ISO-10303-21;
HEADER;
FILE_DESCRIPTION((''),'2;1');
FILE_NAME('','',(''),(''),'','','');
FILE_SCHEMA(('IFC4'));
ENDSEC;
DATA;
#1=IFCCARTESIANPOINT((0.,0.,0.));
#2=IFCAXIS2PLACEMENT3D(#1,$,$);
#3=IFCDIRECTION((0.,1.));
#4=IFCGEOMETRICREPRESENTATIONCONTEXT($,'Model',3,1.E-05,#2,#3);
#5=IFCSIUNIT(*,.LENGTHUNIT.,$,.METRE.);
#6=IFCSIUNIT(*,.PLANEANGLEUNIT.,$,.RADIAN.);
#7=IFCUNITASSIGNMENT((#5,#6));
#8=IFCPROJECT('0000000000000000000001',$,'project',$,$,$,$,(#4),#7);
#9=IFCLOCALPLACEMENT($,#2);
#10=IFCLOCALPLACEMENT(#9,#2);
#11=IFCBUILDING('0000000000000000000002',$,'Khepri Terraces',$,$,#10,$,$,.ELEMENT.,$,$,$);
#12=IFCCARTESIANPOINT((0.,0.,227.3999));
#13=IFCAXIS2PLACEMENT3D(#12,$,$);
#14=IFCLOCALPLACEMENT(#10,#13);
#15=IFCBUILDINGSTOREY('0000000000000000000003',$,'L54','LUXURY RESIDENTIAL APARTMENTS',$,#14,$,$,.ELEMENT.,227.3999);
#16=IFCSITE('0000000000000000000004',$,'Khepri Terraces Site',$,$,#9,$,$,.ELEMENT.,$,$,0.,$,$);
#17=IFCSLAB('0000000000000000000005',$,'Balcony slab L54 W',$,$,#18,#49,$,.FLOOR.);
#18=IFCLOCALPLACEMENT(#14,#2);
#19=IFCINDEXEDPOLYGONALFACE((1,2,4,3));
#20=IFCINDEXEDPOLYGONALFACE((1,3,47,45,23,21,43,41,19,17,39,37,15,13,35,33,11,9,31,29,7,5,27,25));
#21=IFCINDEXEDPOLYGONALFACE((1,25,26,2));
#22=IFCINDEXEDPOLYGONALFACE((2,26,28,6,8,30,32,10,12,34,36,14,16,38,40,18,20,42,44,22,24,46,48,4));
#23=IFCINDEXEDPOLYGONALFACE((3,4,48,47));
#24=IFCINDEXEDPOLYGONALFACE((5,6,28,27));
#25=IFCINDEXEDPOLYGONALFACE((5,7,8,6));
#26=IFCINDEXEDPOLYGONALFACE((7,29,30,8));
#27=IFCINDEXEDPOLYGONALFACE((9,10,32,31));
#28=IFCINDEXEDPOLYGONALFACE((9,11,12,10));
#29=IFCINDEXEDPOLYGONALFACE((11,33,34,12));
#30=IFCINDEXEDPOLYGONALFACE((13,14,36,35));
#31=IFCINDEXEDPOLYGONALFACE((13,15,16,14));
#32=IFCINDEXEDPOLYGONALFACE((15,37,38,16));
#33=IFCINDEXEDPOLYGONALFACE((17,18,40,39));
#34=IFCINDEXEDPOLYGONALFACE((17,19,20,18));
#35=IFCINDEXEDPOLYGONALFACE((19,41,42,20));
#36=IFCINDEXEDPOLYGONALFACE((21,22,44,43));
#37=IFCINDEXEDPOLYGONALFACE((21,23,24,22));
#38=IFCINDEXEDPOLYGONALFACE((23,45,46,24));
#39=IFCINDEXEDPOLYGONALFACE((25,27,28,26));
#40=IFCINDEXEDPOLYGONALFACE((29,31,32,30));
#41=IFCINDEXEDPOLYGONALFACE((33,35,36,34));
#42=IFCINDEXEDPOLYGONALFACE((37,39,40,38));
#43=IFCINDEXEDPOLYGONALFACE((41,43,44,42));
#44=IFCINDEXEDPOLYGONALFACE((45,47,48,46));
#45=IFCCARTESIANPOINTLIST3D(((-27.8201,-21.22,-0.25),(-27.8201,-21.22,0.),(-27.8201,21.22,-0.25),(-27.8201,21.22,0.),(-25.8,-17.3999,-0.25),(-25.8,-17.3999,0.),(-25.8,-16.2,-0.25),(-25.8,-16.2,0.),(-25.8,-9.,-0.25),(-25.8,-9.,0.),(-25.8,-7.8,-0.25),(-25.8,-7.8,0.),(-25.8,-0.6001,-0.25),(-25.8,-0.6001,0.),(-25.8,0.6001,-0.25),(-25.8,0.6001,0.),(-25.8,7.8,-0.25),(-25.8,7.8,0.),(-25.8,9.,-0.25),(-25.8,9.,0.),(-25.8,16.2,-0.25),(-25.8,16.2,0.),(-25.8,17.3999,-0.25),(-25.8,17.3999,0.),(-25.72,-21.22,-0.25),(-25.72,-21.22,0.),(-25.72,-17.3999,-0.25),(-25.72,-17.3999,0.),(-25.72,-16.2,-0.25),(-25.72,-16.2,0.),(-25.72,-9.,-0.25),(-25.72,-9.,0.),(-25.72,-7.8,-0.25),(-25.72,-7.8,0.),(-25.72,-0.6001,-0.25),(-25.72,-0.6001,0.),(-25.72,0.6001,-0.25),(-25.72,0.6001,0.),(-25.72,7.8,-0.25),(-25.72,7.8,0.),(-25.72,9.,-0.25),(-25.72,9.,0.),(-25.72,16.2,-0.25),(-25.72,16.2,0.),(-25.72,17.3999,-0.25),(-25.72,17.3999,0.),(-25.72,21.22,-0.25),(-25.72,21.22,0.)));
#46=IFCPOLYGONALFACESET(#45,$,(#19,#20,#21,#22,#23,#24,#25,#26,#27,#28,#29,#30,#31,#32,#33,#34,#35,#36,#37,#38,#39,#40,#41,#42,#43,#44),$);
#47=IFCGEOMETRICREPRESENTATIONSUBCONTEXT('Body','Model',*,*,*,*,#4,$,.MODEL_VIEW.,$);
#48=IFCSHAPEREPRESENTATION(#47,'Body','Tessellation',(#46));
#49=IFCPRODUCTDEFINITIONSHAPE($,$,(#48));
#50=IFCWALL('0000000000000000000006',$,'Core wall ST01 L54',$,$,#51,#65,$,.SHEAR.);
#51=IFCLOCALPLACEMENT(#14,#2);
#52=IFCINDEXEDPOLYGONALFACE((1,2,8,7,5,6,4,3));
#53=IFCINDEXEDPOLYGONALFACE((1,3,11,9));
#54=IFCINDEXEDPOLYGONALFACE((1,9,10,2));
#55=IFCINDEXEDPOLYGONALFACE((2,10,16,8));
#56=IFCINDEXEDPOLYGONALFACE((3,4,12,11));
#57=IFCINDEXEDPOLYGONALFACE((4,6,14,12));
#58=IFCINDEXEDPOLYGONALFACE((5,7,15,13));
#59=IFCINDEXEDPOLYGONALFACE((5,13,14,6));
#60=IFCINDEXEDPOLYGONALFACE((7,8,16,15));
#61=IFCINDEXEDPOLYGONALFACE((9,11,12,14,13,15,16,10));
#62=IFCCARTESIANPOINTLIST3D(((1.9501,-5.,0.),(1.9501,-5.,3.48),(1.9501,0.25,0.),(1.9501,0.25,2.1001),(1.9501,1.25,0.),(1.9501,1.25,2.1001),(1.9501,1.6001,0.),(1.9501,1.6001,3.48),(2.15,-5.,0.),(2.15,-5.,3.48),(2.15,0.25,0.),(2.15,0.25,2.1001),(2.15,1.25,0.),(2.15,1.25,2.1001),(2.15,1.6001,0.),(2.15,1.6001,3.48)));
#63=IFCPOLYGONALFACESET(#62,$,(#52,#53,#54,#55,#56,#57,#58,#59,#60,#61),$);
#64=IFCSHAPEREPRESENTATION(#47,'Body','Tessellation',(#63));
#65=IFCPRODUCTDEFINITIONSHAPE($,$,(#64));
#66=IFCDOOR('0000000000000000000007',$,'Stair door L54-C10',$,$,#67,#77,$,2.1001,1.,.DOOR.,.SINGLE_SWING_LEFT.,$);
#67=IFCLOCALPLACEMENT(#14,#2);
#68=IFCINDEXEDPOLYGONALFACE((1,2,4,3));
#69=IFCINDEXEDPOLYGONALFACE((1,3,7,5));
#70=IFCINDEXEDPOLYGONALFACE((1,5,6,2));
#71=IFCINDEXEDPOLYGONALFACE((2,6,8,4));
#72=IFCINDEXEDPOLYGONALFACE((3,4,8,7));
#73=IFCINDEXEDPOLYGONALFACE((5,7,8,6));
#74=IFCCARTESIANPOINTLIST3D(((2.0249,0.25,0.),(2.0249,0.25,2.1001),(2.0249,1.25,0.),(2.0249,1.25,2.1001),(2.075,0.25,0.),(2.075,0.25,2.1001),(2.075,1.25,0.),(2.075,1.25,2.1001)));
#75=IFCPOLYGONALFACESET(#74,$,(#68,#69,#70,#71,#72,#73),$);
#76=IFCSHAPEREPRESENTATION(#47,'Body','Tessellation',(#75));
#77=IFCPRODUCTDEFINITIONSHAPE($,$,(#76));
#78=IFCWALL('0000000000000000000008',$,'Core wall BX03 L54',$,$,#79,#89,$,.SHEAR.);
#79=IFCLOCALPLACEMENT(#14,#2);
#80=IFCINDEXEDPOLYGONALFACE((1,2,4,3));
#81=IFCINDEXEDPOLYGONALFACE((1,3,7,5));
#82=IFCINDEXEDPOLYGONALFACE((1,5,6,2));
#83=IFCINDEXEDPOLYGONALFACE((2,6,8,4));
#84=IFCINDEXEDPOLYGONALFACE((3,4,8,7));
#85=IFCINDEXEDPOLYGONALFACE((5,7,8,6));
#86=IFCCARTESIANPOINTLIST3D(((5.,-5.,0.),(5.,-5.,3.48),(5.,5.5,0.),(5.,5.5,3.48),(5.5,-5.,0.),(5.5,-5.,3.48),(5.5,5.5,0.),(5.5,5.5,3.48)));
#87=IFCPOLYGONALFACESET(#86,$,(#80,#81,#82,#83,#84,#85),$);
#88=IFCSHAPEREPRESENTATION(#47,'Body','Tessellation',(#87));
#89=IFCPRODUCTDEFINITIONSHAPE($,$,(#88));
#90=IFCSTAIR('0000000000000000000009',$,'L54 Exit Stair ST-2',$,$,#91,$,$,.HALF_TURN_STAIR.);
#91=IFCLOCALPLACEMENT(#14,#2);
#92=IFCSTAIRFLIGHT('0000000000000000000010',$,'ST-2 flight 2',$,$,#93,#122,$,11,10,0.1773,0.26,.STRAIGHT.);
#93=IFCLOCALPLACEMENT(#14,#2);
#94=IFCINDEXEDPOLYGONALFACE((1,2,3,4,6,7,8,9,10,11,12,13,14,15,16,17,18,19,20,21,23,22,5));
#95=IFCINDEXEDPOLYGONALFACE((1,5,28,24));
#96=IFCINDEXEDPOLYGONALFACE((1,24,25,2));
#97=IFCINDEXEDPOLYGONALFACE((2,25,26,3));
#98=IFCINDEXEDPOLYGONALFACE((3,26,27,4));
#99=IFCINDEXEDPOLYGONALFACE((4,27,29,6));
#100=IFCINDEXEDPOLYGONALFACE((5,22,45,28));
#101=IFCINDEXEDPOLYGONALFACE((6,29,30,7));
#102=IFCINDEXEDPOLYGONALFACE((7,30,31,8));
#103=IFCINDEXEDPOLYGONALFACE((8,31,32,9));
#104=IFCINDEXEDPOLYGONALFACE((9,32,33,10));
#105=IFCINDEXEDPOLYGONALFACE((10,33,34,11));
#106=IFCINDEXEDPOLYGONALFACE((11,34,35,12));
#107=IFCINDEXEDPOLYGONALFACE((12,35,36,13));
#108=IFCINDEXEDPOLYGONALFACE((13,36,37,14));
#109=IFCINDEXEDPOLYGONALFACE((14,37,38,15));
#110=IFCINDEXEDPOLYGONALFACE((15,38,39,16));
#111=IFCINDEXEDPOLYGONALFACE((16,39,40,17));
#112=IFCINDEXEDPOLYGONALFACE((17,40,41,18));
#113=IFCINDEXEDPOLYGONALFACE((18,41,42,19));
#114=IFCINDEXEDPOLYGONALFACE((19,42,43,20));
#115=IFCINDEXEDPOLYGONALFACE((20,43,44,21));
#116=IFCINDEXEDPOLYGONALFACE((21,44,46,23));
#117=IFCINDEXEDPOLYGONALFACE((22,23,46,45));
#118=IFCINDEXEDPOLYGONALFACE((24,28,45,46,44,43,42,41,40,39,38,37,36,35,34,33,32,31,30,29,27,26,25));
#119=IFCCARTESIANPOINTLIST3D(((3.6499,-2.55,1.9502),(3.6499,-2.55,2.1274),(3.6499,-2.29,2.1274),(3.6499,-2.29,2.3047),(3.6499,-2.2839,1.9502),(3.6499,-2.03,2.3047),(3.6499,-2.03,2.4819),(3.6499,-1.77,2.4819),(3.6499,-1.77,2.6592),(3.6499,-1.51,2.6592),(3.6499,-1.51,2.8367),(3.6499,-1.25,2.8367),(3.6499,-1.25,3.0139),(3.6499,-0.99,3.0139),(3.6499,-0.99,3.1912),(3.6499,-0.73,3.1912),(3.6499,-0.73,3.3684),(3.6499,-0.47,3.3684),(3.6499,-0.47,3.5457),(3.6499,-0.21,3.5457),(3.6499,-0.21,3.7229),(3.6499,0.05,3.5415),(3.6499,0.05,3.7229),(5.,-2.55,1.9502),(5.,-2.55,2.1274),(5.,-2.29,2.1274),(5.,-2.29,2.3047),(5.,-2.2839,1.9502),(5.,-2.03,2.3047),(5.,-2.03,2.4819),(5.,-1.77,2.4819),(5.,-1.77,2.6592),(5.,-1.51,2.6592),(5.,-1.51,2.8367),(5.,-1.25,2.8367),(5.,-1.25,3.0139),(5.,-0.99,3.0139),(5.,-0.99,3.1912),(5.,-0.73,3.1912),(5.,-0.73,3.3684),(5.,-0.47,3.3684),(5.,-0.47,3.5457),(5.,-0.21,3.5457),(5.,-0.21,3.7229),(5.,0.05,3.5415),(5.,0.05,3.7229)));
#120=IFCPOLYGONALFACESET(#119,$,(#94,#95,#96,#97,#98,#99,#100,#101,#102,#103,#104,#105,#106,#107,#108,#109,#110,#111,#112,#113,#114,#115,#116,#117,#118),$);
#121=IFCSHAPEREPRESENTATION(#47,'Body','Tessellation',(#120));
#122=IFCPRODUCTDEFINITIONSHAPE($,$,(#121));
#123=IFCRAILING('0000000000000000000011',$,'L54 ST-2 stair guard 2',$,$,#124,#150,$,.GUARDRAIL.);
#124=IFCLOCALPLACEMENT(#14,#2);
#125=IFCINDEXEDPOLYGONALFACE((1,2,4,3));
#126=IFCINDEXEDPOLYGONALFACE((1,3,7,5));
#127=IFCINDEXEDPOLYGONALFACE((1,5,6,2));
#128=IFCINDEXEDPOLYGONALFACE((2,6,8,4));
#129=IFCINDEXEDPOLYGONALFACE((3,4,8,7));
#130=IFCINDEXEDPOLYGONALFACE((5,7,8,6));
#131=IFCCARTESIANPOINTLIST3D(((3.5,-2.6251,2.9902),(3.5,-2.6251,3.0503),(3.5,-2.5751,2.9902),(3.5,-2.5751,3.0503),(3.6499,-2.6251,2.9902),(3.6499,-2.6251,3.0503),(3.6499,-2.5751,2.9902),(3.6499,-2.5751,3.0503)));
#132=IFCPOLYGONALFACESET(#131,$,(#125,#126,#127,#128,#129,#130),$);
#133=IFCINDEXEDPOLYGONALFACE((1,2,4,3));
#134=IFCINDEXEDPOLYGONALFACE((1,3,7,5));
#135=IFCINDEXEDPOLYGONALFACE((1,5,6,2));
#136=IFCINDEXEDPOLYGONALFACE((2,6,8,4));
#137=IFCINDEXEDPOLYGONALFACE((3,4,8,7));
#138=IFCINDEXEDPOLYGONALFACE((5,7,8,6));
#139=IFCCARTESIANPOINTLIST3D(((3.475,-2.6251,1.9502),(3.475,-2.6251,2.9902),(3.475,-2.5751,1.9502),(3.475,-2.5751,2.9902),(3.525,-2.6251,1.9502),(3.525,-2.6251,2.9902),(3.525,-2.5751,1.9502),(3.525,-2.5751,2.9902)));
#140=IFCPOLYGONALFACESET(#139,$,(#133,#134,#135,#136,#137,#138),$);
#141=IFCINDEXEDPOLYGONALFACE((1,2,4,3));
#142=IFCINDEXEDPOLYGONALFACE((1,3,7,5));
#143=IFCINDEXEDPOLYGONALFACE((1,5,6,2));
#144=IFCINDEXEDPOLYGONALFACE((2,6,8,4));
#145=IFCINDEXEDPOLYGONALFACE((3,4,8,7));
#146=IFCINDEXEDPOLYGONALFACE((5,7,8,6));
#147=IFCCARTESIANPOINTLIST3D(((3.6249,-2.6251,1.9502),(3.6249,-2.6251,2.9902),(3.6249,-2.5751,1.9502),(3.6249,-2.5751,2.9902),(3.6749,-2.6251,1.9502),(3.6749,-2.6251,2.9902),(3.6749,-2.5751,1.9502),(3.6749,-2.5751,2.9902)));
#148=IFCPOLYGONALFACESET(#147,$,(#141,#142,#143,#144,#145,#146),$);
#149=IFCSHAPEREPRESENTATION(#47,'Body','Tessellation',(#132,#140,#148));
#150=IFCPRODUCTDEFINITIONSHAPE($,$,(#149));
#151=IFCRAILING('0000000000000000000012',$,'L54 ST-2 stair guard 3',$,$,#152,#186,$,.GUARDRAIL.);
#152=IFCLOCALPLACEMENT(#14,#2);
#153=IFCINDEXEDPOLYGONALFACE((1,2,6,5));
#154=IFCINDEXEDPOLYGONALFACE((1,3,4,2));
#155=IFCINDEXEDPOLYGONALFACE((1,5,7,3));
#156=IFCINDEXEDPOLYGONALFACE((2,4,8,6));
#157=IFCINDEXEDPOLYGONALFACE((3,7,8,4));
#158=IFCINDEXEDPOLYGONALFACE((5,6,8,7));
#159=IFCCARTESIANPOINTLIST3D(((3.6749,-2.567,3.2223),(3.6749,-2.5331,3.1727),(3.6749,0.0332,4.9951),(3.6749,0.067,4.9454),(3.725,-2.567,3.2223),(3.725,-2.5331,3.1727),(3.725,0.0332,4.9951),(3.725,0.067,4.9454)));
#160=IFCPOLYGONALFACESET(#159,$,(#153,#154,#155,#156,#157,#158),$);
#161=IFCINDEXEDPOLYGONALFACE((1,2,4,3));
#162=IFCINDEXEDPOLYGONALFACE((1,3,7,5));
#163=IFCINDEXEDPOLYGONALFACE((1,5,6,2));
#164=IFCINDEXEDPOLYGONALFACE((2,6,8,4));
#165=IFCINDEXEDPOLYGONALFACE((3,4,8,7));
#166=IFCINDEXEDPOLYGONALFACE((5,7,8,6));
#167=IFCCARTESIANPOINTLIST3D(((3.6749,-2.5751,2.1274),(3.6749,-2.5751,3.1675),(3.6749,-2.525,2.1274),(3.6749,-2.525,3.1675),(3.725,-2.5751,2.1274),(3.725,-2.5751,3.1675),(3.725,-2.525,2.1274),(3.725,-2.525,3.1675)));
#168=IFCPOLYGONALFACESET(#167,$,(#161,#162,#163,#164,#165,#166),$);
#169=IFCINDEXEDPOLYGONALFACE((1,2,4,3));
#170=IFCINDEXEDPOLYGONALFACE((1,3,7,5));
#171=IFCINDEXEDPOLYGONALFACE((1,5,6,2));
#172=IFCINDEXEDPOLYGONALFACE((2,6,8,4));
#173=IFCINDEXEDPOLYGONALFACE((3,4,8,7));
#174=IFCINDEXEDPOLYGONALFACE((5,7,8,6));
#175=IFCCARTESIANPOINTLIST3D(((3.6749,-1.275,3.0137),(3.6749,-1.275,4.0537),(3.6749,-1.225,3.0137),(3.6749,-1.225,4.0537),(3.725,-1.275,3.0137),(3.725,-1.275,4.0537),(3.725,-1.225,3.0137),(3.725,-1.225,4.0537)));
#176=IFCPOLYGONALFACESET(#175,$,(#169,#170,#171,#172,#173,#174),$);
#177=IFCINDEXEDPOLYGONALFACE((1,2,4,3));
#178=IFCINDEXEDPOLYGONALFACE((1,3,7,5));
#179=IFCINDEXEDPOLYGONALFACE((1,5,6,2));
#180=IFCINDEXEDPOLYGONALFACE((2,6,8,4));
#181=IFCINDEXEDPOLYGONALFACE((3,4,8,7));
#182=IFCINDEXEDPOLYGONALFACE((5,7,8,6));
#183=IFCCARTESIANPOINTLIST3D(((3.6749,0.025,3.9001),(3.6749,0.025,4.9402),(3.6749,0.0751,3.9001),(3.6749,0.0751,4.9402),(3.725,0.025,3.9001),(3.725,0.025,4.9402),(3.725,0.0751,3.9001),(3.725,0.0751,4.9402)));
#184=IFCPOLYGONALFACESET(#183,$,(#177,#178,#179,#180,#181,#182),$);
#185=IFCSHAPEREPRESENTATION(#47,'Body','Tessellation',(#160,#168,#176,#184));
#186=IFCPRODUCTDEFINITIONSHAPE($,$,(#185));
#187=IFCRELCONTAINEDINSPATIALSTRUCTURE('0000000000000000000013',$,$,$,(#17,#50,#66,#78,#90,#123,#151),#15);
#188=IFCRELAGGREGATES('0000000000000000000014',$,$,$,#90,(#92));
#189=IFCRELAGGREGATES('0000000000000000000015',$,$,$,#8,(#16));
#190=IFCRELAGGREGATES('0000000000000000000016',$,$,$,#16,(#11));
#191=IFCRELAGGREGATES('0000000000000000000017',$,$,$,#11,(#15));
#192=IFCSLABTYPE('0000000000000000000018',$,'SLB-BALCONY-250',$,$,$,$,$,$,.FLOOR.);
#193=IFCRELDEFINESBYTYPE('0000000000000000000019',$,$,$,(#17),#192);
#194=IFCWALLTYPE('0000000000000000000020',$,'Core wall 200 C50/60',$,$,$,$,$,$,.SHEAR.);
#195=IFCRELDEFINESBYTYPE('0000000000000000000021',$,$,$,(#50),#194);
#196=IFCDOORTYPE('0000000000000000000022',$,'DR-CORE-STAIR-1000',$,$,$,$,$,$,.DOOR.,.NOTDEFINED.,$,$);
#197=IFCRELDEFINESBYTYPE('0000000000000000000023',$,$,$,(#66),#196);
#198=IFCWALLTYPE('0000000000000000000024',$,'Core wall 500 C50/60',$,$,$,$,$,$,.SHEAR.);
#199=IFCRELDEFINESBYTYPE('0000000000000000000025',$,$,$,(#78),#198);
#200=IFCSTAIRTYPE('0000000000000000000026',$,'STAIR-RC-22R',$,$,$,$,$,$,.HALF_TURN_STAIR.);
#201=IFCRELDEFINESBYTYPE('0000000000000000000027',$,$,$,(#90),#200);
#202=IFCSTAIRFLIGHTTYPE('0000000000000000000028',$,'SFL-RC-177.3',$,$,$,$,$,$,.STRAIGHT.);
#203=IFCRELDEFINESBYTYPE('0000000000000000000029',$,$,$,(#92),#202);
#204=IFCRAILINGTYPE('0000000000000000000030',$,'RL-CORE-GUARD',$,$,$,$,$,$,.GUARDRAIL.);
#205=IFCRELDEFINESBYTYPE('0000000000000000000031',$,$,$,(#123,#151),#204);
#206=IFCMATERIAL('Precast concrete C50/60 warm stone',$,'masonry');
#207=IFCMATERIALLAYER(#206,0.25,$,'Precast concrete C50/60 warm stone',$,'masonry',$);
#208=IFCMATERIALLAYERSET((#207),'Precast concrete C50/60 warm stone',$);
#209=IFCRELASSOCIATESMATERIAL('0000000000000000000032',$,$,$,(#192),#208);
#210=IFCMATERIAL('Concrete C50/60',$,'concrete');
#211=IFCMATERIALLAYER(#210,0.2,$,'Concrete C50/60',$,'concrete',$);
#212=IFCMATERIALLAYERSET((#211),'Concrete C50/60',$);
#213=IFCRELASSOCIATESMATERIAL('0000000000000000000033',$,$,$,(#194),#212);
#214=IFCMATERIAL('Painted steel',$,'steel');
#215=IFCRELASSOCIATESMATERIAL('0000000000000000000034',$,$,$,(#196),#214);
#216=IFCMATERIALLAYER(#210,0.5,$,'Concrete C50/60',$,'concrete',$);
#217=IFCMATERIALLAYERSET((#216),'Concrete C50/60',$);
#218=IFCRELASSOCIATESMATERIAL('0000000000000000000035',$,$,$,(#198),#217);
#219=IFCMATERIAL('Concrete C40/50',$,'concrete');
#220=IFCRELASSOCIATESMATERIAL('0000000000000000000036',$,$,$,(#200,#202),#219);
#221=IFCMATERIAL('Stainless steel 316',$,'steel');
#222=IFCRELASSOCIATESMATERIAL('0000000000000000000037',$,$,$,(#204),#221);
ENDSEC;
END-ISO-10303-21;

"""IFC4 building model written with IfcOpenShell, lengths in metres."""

from ifc_helpers import new_model, si_unit, direction, frame, frame_2d, origin, origin_2d, place, context, subcontext, project, spatial, polyline, rectangle, outline, extrude, material, layer, layer_set, type_object, element, fill, aggregate, save


model = new_model("IFC4")

# Units and contexts
model_context = context("Model", 3, precision=1e-05, world=origin(), true_north=direction((0.0, 1.0)))
body_context = subcontext(model_context, "Body", "Model", "MODEL_VIEW")
ifc_project = project(units=[si_unit("LENGTHUNIT", "METRE"), si_unit("PLANEANGLEUNIT", "RADIAN")], contexts=[model_context])

# Site, building, storey
site_placement = place(None, origin())
site = spatial("IfcSite", under=ifc_project, at=site_placement, Name="Khepri Terraces Site", CompositionType="ELEMENT", RefElevation=0.0)
building_placement = place(site_placement, origin())
building = spatial("IfcBuilding", under=site, at=building_placement, Name="Khepri Terraces", CompositionType="ELEMENT")
storey_placement = place(building_placement, frame((0.0, 0.0, 227.3999)))
storey = spatial("IfcBuildingStorey", under=building, at=storey_placement, Name="L54", Description="LUXURY RESIDENTIAL APARTMENTS", CompositionType="ELEMENT", Elevation=227.3999)

# Slab
ifc_material_1 = material(Name="Concrete C40/50", Category="concrete")
ifc_material_2 = material(Name="Precast concrete C50/60 warm stone", Category="masonry")
ifc_layer_1 = layer(ifc_material_2, 0.25, Name="Precast concrete C50/60 warm stone", Category="masonry")
ifc_layer_set_1 = layer_set([ifc_layer_1], Name="Precast concrete C50/60 warm stone")
slab_type_1 = type_object("IfcSlabType", Name="SLB-BALCONY-250", PredefinedType="FLOOR", material=ifc_layer_set_1)
slab_1_placement = place(storey_placement, frame((0.0, 0.0, -0.25)))
element("IfcSlab", 1, at=slab_1_placement, inside=storey, type_object=slab_type_1, Name="Balcony slab L54 W", PredefinedType="FLOOR", context=body_context, shape_type="SweptSolid", body=[
    extrude(outline(polyline([(-25.72, 17.3999), (-25.72, 21.22), (-27.8201, 21.22), (-27.8201, -21.22), (-25.72, -21.22), (-25.72, -17.3999), (-25.8, -17.3999), (-25.8, -16.2), (-25.72, -16.2), (-25.72, -9.0), (-25.8, -9.0), (-25.8, -7.8), (-25.72, -7.8), (-25.72, -0.6001), (-25.8, -0.6001), (-25.8, 0.6001), (-25.72, 0.6001), (-25.72, 7.8), (-25.8, 7.8), (-25.8, 9.0), (-25.72, 9.0), (-25.72, 16.2), (-25.8, 16.2), (-25.8, 17.3999), (-25.72, 17.3999)])), origin(), (0.0, 0.0, 1.0), 0.25),
])

# Wall, opening, door
ifc_material_3 = material(Name="Concrete C50/60", Category="concrete")
ifc_layer_2 = layer(ifc_material_3, 0.2, Name="Concrete C50/60", Category="concrete")
ifc_layer_set_2 = layer_set([ifc_layer_2], Name="Concrete C50/60")
wall_type_1 = type_object("IfcWallType", Name="Core wall 200 C50/60", PredefinedType="SHEAR", material=ifc_layer_set_2)
wall_1_placement = place(storey_placement, frame((2.05, -5.0, 0.0), z_axis=(0.0, 0.0, 1.0), x_axis=(0.0, 1.0, 0.0)))
wall_1 = element("IfcWall", 2, at=wall_1_placement, inside=storey, type_object=wall_type_1, Name="Core wall ST01 L54", PredefinedType="SHEAR", context=body_context, shape_type="SweptSolid", body=[
    extrude(rectangle(XDim=6.6001, YDim=0.2, at=frame_2d((3.3, 0.0))), origin(), (0.0, 0.0, 1.0), 3.48),
])
opening_placement = place(wall_1_placement, frame((5.25, 0.0, 0.0)))
opening = element("IfcOpeningElement", 3, at=opening_placement, cuts=wall_1, PredefinedType="OPENING", context=body_context, shape_type="SweptSolid", body=[
    extrude(rectangle(XDim=1.0, YDim=2.1001, at=frame_2d((0.5, 1.05))), frame((0.0, 0.1099, 0.0), z_axis=(0.0, -1.0, 0.0), x_axis=(1.0, 0.0, 0.0)), (0.0, 0.0, 1.0), 0.22),
])
ifc_material_4 = material(Name="Painted steel", Category="steel")
door_type = type_object("IfcDoorType", Name="DR-CORE-STAIR-1000", OperationType="NOTDEFINED", PredefinedType="DOOR", material=ifc_material_4)
door_placement = place(opening_placement, frame((1.0, 0.0, 0.0), z_axis=(0.0, 0.0, 1.0), x_axis=(-1.0, 0.0, 0.0)))
door = element("IfcDoor", 4, at=door_placement, inside=storey, type_object=door_type, Name="Stair door L54-C10", OperationType="SINGLE_SWING_LEFT", OverallHeight=2.1001, OverallWidth=1.0, PredefinedType="DOOR", context=body_context, shape_type="SweptSolid", body=[
    extrude(rectangle(XDim=1.0, YDim=2.1001, at=frame_2d((0.5, 1.05))), frame((0.0, 0.0249, 0.0), z_axis=(0.0, -1.0, 0.0), x_axis=(1.0, 0.0, 0.0)), (0.0, 0.0, 1.0), 0.05),
])
fill(opening, door)

# Wall
ifc_layer_3 = layer(ifc_material_3, 0.5, Name="Concrete C50/60", Category="concrete")
ifc_layer_set_3 = layer_set([ifc_layer_3], Name="Concrete C50/60")
wall_type_2 = type_object("IfcWallType", Name="Core wall 500 C50/60", PredefinedType="SHEAR", material=ifc_layer_set_3)
wall_2_placement = place(storey_placement, frame((5.25, -5.0, 0.0), z_axis=(0.0, 0.0, 1.0), x_axis=(0.0, 1.0, 0.0)))
element("IfcWall", 5, at=wall_2_placement, inside=storey, type_object=wall_type_2, Name="Core wall BX03 L54", PredefinedType="SHEAR", context=body_context, shape_type="SweptSolid", body=[
    extrude(rectangle(XDim=10.5, YDim=0.5, at=frame_2d((5.25, 0.0))), origin(), (0.0, 0.0, 1.0), 3.48),
])

# Stair, stair flight
stair_type = type_object("IfcStairType", Name="STAIR-RC-22R", PredefinedType="HALF_TURN_STAIR", material=ifc_material_1)
stair_placement = place(storey_placement, origin())
stair = element("IfcStair", 6, at=stair_placement, inside=storey, type_object=stair_type, Name="L54 Exit Stair ST-2", PredefinedType="HALF_TURN_STAIR")
stair_flight_type = type_object("IfcStairFlightType", Name="SFL-RC-177.3", PredefinedType="STRAIGHT", material=ifc_material_1)
stair_flight_placement = place(storey_placement, frame((4.325, -2.55, 1.9502), z_axis=(0.0, 0.0, 1.0), x_axis=(0.0, 1.0, 0.0)))
stair_flight = element("IfcStairFlight", 7, at=stair_flight_placement, type_object=stair_flight_type, Name="ST-2 flight 2", NumberOfRisers=11, NumberOfTreads=10, PredefinedType="STRAIGHT", RiserHeight=0.1773, TreadLength=0.26, context=body_context, shape_type="SweptSolid", body=[
    extrude(outline(polyline([(0.0, 0.0), (0.0, 0.1772), (0.26, 0.1772), (0.26, 0.3545), (0.52, 0.3545), (0.52, 0.5317), (0.78, 0.5317), (0.78, 0.709), (1.04, 0.709), (1.04, 0.8865), (1.3, 0.8865), (1.3, 1.0637), (1.5601, 1.0637), (1.5601, 1.241), (1.8201, 1.241), (1.8201, 1.4182), (2.0801, 1.4182), (2.0801, 1.5955), (2.3401, 1.5955), (2.3401, 1.7727), (2.6001, 1.7727), (2.6001, 1.95), (2.6001, 1.5913), (0.2661, 0.0), (0.0, 0.0)])), frame((0.0, 0.675, 0.0), z_axis=(0.0, -1.0, 0.0), x_axis=(1.0, 0.0, 0.0)), (0.0, 0.0, 1.0), 1.3501),
])
aggregate(stair, [stair_flight])

# Railings
ifc_material_5 = material(Name="Stainless steel 316", Category="steel")
railing_type_1 = type_object("IfcRailingType", Name="RL-CORE-GUARD", PredefinedType="GUARDRAIL", material=ifc_material_5)
railing_1_placement = place(storey_placement, frame((3.5, -2.6001, 1.9502)))
element("IfcRailing", 8, at=railing_1_placement, inside=storey, type_object=railing_type_1, Name="L54 ST-2 stair guard 2", PredefinedType="GUARDRAIL", context=body_context, shape_type="SweptSolid", body=[
    extrude(rectangle(XDim=0.05, YDim=0.0601, at=origin_2d()), frame((0.0, 0.0, 1.0701), z_axis=(1.0, 0.0, 0.0), x_axis=(0.0, 1.0, 0.0)), (0.0, 0.0, 1.0), 0.1499),
    extrude(rectangle(XDim=0.05, YDim=0.05, at=origin_2d()), origin(), (0.0, 0.0, 1.0), 1.04),
    extrude(rectangle(XDim=0.05, YDim=0.05, at=origin_2d()), frame((0.1499, 0.0, 0.0)), (0.0, 0.0, 1.0), 1.04),
])
railing_2_placement = place(storey_placement, frame((3.7, -2.55, 2.1274)))
element("IfcRailing", 9, at=railing_2_placement, inside=storey, type_object=railing_type_1, Name="L54 ST-2 stair guard 3", PredefinedType="GUARDRAIL", context=body_context, shape_type="SweptSolid", body=[
    extrude(rectangle(XDim=0.05, YDim=0.0601, at=origin_2d()), frame((0.0, 0.0, 1.0701), z_axis=(0.0, 0.82624, 0.563318), x_axis=(-1.0, 0.0, 0.0)), (0.0, 0.0, 1.0), 3.147),
    extrude(rectangle(XDim=0.05, YDim=0.05, at=origin_2d()), origin(), (0.0, 0.0, 1.0), 1.04),
    extrude(rectangle(XDim=0.05, YDim=0.05, at=origin_2d()), frame((0.0, 1.3, 0.8862)), (0.0, 0.0, 1.0), 1.04),
    extrude(rectangle(XDim=0.05, YDim=0.05, at=origin_2d()), frame((0.0, 2.6001, 1.7727)), (0.0, 0.0, 1.0), 1.04),
])

save(model, "model.ifc")
